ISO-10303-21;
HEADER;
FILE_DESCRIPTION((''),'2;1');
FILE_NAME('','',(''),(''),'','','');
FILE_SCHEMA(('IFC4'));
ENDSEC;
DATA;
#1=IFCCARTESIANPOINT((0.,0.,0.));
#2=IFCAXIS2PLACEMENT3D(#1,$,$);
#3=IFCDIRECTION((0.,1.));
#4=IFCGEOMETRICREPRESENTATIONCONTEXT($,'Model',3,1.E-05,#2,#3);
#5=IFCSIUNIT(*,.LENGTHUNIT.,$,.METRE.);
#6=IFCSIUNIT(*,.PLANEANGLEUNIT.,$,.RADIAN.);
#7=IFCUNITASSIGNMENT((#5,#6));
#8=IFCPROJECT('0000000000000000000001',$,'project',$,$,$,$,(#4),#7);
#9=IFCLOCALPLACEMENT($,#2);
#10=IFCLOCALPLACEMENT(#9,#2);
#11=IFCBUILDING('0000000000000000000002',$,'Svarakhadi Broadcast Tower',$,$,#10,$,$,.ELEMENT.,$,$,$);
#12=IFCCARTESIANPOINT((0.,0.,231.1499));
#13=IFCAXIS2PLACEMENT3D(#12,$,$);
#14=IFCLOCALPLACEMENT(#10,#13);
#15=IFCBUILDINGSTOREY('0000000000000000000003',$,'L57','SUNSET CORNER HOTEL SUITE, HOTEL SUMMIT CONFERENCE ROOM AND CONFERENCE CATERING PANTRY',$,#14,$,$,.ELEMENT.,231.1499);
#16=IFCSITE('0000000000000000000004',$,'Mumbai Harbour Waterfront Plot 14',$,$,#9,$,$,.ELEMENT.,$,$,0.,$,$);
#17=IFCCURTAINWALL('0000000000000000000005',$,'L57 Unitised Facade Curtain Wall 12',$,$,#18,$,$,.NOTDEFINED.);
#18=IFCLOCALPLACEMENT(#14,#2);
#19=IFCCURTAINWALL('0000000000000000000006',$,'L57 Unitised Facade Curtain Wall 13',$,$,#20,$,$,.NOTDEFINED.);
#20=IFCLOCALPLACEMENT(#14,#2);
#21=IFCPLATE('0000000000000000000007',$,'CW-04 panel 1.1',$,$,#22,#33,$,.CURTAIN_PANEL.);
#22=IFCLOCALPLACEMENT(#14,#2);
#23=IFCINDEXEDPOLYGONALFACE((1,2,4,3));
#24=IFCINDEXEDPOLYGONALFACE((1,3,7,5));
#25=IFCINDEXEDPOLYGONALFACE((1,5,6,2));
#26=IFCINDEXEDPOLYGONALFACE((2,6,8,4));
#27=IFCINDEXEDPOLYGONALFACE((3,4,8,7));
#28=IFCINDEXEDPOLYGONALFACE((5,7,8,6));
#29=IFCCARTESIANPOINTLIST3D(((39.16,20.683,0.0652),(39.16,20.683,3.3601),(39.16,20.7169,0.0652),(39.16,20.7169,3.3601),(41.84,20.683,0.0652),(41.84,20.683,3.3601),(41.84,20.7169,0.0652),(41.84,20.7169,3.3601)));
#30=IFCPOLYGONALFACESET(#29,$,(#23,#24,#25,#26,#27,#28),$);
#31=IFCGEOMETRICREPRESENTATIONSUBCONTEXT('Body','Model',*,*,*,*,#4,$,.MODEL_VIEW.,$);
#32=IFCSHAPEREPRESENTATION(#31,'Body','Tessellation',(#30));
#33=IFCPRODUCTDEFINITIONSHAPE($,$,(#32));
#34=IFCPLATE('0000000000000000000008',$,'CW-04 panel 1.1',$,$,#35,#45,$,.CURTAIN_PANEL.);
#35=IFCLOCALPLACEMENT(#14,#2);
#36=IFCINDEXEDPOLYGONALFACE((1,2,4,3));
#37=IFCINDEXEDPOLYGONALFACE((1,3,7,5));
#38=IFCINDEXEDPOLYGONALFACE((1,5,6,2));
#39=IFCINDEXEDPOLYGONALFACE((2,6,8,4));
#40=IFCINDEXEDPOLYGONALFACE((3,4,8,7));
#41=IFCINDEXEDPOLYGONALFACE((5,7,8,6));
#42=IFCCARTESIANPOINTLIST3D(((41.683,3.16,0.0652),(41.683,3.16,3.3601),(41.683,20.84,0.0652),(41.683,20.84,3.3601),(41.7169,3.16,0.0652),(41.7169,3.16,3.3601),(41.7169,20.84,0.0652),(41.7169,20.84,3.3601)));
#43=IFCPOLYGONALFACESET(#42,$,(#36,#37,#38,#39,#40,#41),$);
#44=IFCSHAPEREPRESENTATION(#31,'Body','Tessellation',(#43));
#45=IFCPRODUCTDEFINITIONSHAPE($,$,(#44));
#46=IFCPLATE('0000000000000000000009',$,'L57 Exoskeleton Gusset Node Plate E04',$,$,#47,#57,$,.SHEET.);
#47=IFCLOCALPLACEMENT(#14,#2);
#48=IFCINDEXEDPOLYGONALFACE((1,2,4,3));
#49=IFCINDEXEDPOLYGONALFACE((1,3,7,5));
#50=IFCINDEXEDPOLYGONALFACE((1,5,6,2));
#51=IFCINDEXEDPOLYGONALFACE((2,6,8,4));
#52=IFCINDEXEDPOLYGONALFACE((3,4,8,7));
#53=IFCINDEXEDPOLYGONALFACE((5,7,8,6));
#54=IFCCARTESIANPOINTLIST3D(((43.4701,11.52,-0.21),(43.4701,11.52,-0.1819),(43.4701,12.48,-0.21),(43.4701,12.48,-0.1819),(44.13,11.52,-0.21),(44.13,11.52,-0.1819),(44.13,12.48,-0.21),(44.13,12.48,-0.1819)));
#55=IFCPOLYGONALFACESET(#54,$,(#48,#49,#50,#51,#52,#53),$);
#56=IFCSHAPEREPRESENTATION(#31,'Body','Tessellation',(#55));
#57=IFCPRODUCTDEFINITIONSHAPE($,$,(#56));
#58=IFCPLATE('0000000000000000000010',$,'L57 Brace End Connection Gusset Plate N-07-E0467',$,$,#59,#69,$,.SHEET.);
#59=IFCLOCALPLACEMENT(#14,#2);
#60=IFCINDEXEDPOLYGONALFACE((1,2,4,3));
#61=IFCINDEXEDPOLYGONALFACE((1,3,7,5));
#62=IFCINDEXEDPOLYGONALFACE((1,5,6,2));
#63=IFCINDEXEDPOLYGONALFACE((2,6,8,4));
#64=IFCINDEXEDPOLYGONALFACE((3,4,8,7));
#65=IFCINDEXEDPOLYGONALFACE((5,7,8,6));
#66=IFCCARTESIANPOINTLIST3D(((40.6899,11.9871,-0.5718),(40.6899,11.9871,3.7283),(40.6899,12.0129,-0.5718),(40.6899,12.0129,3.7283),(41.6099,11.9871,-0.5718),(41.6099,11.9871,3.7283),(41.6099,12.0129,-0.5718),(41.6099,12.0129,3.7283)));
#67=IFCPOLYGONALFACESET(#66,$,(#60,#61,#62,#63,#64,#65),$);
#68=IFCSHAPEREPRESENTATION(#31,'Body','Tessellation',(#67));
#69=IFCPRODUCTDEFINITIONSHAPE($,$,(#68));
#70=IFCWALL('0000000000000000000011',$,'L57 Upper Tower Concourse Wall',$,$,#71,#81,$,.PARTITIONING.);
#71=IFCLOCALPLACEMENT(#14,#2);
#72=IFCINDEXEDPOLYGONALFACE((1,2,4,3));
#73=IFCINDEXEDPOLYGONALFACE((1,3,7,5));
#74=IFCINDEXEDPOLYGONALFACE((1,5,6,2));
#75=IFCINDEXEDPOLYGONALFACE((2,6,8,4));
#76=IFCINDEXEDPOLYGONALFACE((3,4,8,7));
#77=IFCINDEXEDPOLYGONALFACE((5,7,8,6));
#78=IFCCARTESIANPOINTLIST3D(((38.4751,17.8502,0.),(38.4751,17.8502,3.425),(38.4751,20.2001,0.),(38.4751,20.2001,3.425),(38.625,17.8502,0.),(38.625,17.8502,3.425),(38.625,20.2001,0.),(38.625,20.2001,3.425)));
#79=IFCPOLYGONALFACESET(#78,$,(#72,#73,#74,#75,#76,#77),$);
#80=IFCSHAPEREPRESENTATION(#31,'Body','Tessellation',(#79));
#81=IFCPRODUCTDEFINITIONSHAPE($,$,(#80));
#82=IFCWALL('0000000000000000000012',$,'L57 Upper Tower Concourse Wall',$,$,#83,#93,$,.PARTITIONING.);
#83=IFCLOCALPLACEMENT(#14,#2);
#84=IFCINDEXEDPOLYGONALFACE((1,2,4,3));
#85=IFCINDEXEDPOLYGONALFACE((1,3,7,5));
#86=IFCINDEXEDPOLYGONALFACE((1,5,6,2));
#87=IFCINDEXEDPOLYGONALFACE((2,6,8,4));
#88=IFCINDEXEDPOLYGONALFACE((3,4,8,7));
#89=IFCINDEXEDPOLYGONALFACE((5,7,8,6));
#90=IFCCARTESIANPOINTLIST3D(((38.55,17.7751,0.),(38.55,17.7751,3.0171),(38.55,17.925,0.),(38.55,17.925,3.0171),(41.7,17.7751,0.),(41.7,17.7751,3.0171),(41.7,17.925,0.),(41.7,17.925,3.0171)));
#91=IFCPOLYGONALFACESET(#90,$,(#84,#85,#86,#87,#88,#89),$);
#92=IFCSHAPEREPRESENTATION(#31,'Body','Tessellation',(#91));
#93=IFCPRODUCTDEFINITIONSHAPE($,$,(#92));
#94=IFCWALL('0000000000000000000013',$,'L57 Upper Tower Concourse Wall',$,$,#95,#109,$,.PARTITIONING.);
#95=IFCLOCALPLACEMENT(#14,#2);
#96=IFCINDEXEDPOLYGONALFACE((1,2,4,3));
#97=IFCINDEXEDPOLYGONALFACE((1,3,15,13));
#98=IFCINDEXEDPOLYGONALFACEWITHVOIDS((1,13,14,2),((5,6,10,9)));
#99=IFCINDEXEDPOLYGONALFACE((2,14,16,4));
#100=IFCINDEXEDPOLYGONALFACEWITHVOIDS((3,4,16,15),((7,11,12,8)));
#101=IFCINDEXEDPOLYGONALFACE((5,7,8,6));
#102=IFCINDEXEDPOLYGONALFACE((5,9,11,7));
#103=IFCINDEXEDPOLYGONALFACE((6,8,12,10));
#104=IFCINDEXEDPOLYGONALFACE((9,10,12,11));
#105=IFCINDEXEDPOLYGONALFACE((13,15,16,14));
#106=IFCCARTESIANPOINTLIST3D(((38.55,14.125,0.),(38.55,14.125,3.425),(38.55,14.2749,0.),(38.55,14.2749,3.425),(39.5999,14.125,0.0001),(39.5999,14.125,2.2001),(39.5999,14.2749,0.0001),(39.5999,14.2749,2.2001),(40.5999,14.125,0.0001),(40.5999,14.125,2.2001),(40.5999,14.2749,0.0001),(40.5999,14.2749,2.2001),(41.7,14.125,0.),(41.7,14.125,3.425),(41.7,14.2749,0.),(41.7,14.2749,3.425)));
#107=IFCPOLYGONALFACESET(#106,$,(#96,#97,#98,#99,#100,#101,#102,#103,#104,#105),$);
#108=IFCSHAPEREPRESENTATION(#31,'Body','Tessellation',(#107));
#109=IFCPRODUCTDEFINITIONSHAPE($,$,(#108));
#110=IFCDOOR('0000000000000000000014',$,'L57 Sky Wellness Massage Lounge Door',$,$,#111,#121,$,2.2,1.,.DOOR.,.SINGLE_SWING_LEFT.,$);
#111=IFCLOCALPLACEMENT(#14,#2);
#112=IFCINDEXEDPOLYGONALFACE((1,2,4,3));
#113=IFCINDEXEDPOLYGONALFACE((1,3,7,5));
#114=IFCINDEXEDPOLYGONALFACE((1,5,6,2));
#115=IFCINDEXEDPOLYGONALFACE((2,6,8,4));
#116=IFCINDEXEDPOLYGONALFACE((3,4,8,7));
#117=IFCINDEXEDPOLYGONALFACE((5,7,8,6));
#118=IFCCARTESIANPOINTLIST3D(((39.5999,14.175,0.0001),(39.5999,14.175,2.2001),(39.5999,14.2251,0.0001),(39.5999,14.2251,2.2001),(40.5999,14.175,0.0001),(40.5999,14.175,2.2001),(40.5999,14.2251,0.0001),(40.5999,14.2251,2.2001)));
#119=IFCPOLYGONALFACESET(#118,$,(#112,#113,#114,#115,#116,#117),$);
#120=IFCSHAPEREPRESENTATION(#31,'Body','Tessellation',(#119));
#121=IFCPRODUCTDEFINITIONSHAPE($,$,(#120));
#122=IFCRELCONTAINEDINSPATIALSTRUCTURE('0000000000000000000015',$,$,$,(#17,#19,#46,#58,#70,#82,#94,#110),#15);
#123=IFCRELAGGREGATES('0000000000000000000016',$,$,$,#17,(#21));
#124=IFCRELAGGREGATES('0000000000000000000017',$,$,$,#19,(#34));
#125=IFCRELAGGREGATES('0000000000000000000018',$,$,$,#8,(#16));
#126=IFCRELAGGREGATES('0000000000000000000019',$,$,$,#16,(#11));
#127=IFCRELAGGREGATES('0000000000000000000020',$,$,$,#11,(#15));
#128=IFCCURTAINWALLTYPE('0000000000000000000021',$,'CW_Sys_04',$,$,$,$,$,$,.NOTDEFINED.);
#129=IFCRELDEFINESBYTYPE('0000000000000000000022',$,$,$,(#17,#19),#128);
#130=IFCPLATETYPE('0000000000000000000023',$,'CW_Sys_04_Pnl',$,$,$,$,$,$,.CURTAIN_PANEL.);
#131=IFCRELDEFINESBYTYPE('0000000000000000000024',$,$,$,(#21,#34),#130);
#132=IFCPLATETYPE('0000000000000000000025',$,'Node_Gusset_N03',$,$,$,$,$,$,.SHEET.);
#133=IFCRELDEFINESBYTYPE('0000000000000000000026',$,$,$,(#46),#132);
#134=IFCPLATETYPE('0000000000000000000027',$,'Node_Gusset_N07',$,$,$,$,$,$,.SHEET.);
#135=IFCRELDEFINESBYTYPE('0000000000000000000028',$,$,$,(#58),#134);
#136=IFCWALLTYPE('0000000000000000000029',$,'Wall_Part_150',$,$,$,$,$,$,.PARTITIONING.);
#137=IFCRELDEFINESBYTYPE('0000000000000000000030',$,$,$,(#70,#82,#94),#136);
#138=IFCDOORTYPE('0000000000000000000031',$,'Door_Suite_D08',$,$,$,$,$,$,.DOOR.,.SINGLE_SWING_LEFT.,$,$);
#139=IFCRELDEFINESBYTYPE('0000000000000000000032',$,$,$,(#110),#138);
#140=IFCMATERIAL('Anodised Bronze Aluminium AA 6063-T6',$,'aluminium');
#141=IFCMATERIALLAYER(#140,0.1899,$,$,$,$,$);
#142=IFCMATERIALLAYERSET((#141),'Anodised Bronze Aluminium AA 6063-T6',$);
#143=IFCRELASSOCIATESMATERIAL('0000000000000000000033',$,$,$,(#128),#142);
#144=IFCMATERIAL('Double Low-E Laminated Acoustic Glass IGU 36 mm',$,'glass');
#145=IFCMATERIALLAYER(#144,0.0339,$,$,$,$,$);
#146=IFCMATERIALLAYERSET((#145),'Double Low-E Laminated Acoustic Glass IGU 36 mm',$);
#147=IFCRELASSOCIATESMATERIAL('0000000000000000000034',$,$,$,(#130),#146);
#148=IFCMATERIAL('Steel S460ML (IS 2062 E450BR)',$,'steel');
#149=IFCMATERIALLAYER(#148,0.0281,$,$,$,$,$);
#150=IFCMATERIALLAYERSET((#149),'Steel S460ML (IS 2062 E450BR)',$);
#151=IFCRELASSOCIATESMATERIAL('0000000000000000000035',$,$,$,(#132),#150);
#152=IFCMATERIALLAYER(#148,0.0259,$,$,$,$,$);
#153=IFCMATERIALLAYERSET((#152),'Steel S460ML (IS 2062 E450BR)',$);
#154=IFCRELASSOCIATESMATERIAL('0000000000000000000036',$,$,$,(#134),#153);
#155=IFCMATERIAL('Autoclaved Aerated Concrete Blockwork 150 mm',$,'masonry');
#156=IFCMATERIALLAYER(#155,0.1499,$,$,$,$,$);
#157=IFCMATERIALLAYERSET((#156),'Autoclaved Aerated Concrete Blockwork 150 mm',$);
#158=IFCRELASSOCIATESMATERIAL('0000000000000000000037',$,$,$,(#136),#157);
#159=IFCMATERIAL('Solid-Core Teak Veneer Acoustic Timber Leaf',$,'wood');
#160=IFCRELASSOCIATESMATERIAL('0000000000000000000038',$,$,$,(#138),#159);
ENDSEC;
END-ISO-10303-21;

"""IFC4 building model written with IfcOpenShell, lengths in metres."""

from ifc_helpers import new_model, si_unit, direction, frame, frame_2d, origin, origin_2d, place, context, subcontext, project, spatial, rectangle, extrude, material, layer, layer_set, type_object, element, fill, aggregate, save


model = new_model("IFC4")

# Units and contexts
model_context = context("Model", 3, precision=1e-05, world=origin(), true_north=direction((0.0, 1.0)))
body_context = subcontext(model_context, "Body", "Model", "MODEL_VIEW")
ifc_project = project(units=[si_unit("LENGTHUNIT", "METRE"), si_unit("PLANEANGLEUNIT", "RADIAN")], contexts=[model_context])

# Site, building, storey
site_placement = place(None, origin())
site = spatial("IfcSite", under=ifc_project, at=site_placement, Name="Mumbai Harbour Waterfront Plot 14", CompositionType="ELEMENT", RefElevation=0.0)
building_placement = place(site_placement, origin())
building = spatial("IfcBuilding", under=site, at=building_placement, Name="Svarakhadi Broadcast Tower", CompositionType="ELEMENT")
storey_placement = place(building_placement, frame((0.0, 0.0, 231.1499)))
storey = spatial("IfcBuildingStorey", under=building, at=storey_placement, Name="L57", Description="SUNSET CORNER HOTEL SUITE, HOTEL SUMMIT CONFERENCE ROOM AND CONFERENCE CATERING PANTRY", CompositionType="ELEMENT", Elevation=231.1499)

# Shared definitions
ifc_material_1 = material(Name="Steel S460ML (IS 2062 E450BR)", Category="steel")

# Shared definitions
ifc_material_2 = material(Name="Anodised Bronze Aluminium AA 6063-T6", Category="aluminium")
ifc_layer_1 = layer(ifc_material_2, 0.1899)
ifc_layer_set_1 = layer_set([ifc_layer_1], Name="Anodised Bronze Aluminium AA 6063-T6")
curtain_wall_type = type_object("IfcCurtainWallType", Name="CW_Sys_04", PredefinedType="NOTDEFINED", material=ifc_layer_set_1)

# Curtain wall
curtain_wall_1_placement = place(storey_placement, origin())
curtain_wall_1 = element("IfcCurtainWall", 1, at=curtain_wall_1_placement, inside=storey, type_object=curtain_wall_type, Name="L57 Unitised Facade Curtain Wall 12", PredefinedType="NOTDEFINED")

# Curtain wall
curtain_wall_2_placement = place(storey_placement, origin())
curtain_wall_2 = element("IfcCurtainWall", 2, at=curtain_wall_2_placement, inside=storey, type_object=curtain_wall_type, Name="L57 Unitised Facade Curtain Wall 13", PredefinedType="NOTDEFINED")

# Plates
ifc_material_3 = material(Name="Double Low-E Laminated Acoustic Glass IGU 36 mm", Category="glass")
ifc_layer_2 = layer(ifc_material_3, 0.0339)
ifc_layer_set_2 = layer_set([ifc_layer_2], Name="Double Low-E Laminated Acoustic Glass IGU 36 mm")
plate_type_1 = type_object("IfcPlateType", Name="CW_Sys_04_Pnl", PredefinedType="CURTAIN_PANEL", material=ifc_layer_set_2)
plate_1_placement = place(storey_placement, frame((40.5, 20.7, 0.0652), z_axis=(0.0, 0.0, 1.0), x_axis=(1.0, 0.0, 0.0)))
plate_1 = element("IfcPlate", 3, at=plate_1_placement, type_object=plate_type_1, Name="CW-04 panel 1.1", PredefinedType="CURTAIN_PANEL", context=body_context, shape_type="SweptSolid", body=[
    extrude(rectangle(XDim=2.6799, YDim=0.0339, at=origin_2d()), origin(), (0.0, 0.0, 1.0), 3.2949),
])
aggregate(curtain_wall_1, [plate_1])
plate_2_placement = place(storey_placement, frame((41.7, 12.0, 0.0652), z_axis=(0.0, 0.0, 1.0), x_axis=(0.0, -1.0, 0.0)))
plate_2 = element("IfcPlate", 4, at=plate_2_placement, type_object=plate_type_1, Name="CW-04 panel 1.1", PredefinedType="CURTAIN_PANEL", context=body_context, shape_type="SweptSolid", body=[
    extrude(rectangle(XDim=17.6799, YDim=0.0339, at=origin_2d()), origin(), (0.0, 0.0, 1.0), 3.2949),
])
aggregate(curtain_wall_2, [plate_2])

# Plates
ifc_layer_3 = layer(ifc_material_1, 0.0281)
ifc_layer_set_3 = layer_set([ifc_layer_3], Name="Steel S460ML (IS 2062 E450BR)")
plate_type_2 = type_object("IfcPlateType", Name="Node_Gusset_N03", PredefinedType="SHEET", material=ifc_layer_set_3)
plate_3_placement = place(storey_placement, frame((43.8, 12.0, -0.21), z_axis=(0.0, 0.0, 1.0), x_axis=(0.0, 1.0, 0.0)))
element("IfcPlate", 5, at=plate_3_placement, inside=storey, type_object=plate_type_2, Name="L57 Exoskeleton Gusset Node Plate E04", PredefinedType="SHEET", context=body_context, shape_type="SweptSolid", body=[
    extrude(rectangle(XDim=0.96, YDim=0.6599, at=origin_2d()), origin(), (0.0, 0.0, 1.0), 0.0281),
])
ifc_layer_4 = layer(ifc_material_1, 0.0259)
ifc_layer_set_4 = layer_set([ifc_layer_4], Name="Steel S460ML (IS 2062 E450BR)")
plate_type_3 = type_object("IfcPlateType", Name="Node_Gusset_N07", PredefinedType="SHEET", material=ifc_layer_set_4)
plate_4_placement = place(storey_placement, frame((41.1499, 12.0, -0.5718), z_axis=(0.0, 0.0, 1.0), x_axis=(1.0, 0.0, 0.0)))
element("IfcPlate", 6, at=plate_4_placement, inside=storey, type_object=plate_type_3, Name="L57 Brace End Connection Gusset Plate N-07-E0467", PredefinedType="SHEET", context=body_context, shape_type="SweptSolid", body=[
    extrude(rectangle(XDim=0.9199, YDim=0.0259, at=origin_2d()), origin(), (0.0, 0.0, 1.0), 4.3),
])

# Walls
ifc_material_4 = material(Name="Autoclaved Aerated Concrete Blockwork 150 mm", Category="masonry")
ifc_layer_5 = layer(ifc_material_4, 0.1499)
ifc_layer_set_5 = layer_set([ifc_layer_5], Name="Autoclaved Aerated Concrete Blockwork 150 mm")
wall_type = type_object("IfcWallType", Name="Wall_Part_150", PredefinedType="PARTITIONING", material=ifc_layer_set_5)
wall_1_placement = place(storey_placement, frame((38.55, 20.2, 0.0), z_axis=(0.0, 0.0, 1.0), x_axis=(0.0, -1.0, 0.0)))
element("IfcWall", 7, at=wall_1_placement, inside=storey, type_object=wall_type, Name="L57 Upper Tower Concourse Wall", PredefinedType="PARTITIONING", context=body_context, shape_type="SweptSolid", body=[
    extrude(rectangle(XDim=2.3499, YDim=0.1499, at=frame_2d((1.1748, 0.0))), origin(), (0.0, 0.0, 1.0), 3.425),
])
wall_2_placement = place(storey_placement, frame((38.55, 17.8501, 0.0), z_axis=(0.0, 0.0, 1.0), x_axis=(1.0, 0.0, 0.0)))
element("IfcWall", 8, at=wall_2_placement, inside=storey, type_object=wall_type, Name="L57 Upper Tower Concourse Wall", PredefinedType="PARTITIONING", context=body_context, shape_type="SweptSolid", body=[
    extrude(rectangle(XDim=3.1499, YDim=0.1499, at=frame_2d((1.575, 0.0))), origin(), (0.0, 0.0, 1.0), 3.0171),
])

# Wall, opening, door
wall_3_placement = place(storey_placement, frame((41.7, 14.2, 0.0), z_axis=(0.0, 0.0, 1.0), x_axis=(-1.0, 0.0, 0.0)))
wall_3 = element("IfcWall", 9, at=wall_3_placement, inside=storey, type_object=wall_type, Name="L57 Upper Tower Concourse Wall", PredefinedType="PARTITIONING", context=body_context, shape_type="SweptSolid", body=[
    extrude(rectangle(XDim=3.1499, YDim=0.1499, at=frame_2d((1.575, 0.0))), origin(), (0.0, 0.0, 1.0), 3.425),
])
opening_placement = place(wall_3_placement, frame((1.1001, 0.0, 0.0)))
opening = element("IfcOpeningElement", 10, at=opening_placement, cuts=wall_3, PredefinedType="OPENING", context=body_context, shape_type="SweptSolid", body=[
    extrude(rectangle(XDim=1.0, YDim=2.2, at=frame_2d((0.5, 1.1001))), frame((0.0, 0.085, 0.0), z_axis=(0.0, -1.0, 0.0), x_axis=(1.0, 0.0, 0.0)), (0.0, 0.0, 1.0), 0.1699),
])
ifc_material_5 = material(Name="Solid-Core Teak Veneer Acoustic Timber Leaf", Category="wood")
door_type = type_object("IfcDoorType", Name="Door_Suite_D08", OperationType="SINGLE_SWING_LEFT", PredefinedType="DOOR", material=ifc_material_5)
door_placement = place(opening_placement, origin())
door = element("IfcDoor", 11, at=door_placement, inside=storey, type_object=door_type, Name="L57 Sky Wellness Massage Lounge Door", OperationType="SINGLE_SWING_LEFT", OverallHeight=2.2, OverallWidth=1.0, PredefinedType="DOOR", context=body_context, shape_type="SweptSolid", body=[
    extrude(rectangle(XDim=1.0, YDim=2.2, at=frame_2d((0.5, 1.1001))), frame((0.0, 0.0249, 0.0), z_axis=(0.0, -1.0, 0.0), x_axis=(1.0, 0.0, 0.0)), (0.0, 0.0, 1.0), 0.05),
])
fill(opening, door)

save(model, "model.ifc")
